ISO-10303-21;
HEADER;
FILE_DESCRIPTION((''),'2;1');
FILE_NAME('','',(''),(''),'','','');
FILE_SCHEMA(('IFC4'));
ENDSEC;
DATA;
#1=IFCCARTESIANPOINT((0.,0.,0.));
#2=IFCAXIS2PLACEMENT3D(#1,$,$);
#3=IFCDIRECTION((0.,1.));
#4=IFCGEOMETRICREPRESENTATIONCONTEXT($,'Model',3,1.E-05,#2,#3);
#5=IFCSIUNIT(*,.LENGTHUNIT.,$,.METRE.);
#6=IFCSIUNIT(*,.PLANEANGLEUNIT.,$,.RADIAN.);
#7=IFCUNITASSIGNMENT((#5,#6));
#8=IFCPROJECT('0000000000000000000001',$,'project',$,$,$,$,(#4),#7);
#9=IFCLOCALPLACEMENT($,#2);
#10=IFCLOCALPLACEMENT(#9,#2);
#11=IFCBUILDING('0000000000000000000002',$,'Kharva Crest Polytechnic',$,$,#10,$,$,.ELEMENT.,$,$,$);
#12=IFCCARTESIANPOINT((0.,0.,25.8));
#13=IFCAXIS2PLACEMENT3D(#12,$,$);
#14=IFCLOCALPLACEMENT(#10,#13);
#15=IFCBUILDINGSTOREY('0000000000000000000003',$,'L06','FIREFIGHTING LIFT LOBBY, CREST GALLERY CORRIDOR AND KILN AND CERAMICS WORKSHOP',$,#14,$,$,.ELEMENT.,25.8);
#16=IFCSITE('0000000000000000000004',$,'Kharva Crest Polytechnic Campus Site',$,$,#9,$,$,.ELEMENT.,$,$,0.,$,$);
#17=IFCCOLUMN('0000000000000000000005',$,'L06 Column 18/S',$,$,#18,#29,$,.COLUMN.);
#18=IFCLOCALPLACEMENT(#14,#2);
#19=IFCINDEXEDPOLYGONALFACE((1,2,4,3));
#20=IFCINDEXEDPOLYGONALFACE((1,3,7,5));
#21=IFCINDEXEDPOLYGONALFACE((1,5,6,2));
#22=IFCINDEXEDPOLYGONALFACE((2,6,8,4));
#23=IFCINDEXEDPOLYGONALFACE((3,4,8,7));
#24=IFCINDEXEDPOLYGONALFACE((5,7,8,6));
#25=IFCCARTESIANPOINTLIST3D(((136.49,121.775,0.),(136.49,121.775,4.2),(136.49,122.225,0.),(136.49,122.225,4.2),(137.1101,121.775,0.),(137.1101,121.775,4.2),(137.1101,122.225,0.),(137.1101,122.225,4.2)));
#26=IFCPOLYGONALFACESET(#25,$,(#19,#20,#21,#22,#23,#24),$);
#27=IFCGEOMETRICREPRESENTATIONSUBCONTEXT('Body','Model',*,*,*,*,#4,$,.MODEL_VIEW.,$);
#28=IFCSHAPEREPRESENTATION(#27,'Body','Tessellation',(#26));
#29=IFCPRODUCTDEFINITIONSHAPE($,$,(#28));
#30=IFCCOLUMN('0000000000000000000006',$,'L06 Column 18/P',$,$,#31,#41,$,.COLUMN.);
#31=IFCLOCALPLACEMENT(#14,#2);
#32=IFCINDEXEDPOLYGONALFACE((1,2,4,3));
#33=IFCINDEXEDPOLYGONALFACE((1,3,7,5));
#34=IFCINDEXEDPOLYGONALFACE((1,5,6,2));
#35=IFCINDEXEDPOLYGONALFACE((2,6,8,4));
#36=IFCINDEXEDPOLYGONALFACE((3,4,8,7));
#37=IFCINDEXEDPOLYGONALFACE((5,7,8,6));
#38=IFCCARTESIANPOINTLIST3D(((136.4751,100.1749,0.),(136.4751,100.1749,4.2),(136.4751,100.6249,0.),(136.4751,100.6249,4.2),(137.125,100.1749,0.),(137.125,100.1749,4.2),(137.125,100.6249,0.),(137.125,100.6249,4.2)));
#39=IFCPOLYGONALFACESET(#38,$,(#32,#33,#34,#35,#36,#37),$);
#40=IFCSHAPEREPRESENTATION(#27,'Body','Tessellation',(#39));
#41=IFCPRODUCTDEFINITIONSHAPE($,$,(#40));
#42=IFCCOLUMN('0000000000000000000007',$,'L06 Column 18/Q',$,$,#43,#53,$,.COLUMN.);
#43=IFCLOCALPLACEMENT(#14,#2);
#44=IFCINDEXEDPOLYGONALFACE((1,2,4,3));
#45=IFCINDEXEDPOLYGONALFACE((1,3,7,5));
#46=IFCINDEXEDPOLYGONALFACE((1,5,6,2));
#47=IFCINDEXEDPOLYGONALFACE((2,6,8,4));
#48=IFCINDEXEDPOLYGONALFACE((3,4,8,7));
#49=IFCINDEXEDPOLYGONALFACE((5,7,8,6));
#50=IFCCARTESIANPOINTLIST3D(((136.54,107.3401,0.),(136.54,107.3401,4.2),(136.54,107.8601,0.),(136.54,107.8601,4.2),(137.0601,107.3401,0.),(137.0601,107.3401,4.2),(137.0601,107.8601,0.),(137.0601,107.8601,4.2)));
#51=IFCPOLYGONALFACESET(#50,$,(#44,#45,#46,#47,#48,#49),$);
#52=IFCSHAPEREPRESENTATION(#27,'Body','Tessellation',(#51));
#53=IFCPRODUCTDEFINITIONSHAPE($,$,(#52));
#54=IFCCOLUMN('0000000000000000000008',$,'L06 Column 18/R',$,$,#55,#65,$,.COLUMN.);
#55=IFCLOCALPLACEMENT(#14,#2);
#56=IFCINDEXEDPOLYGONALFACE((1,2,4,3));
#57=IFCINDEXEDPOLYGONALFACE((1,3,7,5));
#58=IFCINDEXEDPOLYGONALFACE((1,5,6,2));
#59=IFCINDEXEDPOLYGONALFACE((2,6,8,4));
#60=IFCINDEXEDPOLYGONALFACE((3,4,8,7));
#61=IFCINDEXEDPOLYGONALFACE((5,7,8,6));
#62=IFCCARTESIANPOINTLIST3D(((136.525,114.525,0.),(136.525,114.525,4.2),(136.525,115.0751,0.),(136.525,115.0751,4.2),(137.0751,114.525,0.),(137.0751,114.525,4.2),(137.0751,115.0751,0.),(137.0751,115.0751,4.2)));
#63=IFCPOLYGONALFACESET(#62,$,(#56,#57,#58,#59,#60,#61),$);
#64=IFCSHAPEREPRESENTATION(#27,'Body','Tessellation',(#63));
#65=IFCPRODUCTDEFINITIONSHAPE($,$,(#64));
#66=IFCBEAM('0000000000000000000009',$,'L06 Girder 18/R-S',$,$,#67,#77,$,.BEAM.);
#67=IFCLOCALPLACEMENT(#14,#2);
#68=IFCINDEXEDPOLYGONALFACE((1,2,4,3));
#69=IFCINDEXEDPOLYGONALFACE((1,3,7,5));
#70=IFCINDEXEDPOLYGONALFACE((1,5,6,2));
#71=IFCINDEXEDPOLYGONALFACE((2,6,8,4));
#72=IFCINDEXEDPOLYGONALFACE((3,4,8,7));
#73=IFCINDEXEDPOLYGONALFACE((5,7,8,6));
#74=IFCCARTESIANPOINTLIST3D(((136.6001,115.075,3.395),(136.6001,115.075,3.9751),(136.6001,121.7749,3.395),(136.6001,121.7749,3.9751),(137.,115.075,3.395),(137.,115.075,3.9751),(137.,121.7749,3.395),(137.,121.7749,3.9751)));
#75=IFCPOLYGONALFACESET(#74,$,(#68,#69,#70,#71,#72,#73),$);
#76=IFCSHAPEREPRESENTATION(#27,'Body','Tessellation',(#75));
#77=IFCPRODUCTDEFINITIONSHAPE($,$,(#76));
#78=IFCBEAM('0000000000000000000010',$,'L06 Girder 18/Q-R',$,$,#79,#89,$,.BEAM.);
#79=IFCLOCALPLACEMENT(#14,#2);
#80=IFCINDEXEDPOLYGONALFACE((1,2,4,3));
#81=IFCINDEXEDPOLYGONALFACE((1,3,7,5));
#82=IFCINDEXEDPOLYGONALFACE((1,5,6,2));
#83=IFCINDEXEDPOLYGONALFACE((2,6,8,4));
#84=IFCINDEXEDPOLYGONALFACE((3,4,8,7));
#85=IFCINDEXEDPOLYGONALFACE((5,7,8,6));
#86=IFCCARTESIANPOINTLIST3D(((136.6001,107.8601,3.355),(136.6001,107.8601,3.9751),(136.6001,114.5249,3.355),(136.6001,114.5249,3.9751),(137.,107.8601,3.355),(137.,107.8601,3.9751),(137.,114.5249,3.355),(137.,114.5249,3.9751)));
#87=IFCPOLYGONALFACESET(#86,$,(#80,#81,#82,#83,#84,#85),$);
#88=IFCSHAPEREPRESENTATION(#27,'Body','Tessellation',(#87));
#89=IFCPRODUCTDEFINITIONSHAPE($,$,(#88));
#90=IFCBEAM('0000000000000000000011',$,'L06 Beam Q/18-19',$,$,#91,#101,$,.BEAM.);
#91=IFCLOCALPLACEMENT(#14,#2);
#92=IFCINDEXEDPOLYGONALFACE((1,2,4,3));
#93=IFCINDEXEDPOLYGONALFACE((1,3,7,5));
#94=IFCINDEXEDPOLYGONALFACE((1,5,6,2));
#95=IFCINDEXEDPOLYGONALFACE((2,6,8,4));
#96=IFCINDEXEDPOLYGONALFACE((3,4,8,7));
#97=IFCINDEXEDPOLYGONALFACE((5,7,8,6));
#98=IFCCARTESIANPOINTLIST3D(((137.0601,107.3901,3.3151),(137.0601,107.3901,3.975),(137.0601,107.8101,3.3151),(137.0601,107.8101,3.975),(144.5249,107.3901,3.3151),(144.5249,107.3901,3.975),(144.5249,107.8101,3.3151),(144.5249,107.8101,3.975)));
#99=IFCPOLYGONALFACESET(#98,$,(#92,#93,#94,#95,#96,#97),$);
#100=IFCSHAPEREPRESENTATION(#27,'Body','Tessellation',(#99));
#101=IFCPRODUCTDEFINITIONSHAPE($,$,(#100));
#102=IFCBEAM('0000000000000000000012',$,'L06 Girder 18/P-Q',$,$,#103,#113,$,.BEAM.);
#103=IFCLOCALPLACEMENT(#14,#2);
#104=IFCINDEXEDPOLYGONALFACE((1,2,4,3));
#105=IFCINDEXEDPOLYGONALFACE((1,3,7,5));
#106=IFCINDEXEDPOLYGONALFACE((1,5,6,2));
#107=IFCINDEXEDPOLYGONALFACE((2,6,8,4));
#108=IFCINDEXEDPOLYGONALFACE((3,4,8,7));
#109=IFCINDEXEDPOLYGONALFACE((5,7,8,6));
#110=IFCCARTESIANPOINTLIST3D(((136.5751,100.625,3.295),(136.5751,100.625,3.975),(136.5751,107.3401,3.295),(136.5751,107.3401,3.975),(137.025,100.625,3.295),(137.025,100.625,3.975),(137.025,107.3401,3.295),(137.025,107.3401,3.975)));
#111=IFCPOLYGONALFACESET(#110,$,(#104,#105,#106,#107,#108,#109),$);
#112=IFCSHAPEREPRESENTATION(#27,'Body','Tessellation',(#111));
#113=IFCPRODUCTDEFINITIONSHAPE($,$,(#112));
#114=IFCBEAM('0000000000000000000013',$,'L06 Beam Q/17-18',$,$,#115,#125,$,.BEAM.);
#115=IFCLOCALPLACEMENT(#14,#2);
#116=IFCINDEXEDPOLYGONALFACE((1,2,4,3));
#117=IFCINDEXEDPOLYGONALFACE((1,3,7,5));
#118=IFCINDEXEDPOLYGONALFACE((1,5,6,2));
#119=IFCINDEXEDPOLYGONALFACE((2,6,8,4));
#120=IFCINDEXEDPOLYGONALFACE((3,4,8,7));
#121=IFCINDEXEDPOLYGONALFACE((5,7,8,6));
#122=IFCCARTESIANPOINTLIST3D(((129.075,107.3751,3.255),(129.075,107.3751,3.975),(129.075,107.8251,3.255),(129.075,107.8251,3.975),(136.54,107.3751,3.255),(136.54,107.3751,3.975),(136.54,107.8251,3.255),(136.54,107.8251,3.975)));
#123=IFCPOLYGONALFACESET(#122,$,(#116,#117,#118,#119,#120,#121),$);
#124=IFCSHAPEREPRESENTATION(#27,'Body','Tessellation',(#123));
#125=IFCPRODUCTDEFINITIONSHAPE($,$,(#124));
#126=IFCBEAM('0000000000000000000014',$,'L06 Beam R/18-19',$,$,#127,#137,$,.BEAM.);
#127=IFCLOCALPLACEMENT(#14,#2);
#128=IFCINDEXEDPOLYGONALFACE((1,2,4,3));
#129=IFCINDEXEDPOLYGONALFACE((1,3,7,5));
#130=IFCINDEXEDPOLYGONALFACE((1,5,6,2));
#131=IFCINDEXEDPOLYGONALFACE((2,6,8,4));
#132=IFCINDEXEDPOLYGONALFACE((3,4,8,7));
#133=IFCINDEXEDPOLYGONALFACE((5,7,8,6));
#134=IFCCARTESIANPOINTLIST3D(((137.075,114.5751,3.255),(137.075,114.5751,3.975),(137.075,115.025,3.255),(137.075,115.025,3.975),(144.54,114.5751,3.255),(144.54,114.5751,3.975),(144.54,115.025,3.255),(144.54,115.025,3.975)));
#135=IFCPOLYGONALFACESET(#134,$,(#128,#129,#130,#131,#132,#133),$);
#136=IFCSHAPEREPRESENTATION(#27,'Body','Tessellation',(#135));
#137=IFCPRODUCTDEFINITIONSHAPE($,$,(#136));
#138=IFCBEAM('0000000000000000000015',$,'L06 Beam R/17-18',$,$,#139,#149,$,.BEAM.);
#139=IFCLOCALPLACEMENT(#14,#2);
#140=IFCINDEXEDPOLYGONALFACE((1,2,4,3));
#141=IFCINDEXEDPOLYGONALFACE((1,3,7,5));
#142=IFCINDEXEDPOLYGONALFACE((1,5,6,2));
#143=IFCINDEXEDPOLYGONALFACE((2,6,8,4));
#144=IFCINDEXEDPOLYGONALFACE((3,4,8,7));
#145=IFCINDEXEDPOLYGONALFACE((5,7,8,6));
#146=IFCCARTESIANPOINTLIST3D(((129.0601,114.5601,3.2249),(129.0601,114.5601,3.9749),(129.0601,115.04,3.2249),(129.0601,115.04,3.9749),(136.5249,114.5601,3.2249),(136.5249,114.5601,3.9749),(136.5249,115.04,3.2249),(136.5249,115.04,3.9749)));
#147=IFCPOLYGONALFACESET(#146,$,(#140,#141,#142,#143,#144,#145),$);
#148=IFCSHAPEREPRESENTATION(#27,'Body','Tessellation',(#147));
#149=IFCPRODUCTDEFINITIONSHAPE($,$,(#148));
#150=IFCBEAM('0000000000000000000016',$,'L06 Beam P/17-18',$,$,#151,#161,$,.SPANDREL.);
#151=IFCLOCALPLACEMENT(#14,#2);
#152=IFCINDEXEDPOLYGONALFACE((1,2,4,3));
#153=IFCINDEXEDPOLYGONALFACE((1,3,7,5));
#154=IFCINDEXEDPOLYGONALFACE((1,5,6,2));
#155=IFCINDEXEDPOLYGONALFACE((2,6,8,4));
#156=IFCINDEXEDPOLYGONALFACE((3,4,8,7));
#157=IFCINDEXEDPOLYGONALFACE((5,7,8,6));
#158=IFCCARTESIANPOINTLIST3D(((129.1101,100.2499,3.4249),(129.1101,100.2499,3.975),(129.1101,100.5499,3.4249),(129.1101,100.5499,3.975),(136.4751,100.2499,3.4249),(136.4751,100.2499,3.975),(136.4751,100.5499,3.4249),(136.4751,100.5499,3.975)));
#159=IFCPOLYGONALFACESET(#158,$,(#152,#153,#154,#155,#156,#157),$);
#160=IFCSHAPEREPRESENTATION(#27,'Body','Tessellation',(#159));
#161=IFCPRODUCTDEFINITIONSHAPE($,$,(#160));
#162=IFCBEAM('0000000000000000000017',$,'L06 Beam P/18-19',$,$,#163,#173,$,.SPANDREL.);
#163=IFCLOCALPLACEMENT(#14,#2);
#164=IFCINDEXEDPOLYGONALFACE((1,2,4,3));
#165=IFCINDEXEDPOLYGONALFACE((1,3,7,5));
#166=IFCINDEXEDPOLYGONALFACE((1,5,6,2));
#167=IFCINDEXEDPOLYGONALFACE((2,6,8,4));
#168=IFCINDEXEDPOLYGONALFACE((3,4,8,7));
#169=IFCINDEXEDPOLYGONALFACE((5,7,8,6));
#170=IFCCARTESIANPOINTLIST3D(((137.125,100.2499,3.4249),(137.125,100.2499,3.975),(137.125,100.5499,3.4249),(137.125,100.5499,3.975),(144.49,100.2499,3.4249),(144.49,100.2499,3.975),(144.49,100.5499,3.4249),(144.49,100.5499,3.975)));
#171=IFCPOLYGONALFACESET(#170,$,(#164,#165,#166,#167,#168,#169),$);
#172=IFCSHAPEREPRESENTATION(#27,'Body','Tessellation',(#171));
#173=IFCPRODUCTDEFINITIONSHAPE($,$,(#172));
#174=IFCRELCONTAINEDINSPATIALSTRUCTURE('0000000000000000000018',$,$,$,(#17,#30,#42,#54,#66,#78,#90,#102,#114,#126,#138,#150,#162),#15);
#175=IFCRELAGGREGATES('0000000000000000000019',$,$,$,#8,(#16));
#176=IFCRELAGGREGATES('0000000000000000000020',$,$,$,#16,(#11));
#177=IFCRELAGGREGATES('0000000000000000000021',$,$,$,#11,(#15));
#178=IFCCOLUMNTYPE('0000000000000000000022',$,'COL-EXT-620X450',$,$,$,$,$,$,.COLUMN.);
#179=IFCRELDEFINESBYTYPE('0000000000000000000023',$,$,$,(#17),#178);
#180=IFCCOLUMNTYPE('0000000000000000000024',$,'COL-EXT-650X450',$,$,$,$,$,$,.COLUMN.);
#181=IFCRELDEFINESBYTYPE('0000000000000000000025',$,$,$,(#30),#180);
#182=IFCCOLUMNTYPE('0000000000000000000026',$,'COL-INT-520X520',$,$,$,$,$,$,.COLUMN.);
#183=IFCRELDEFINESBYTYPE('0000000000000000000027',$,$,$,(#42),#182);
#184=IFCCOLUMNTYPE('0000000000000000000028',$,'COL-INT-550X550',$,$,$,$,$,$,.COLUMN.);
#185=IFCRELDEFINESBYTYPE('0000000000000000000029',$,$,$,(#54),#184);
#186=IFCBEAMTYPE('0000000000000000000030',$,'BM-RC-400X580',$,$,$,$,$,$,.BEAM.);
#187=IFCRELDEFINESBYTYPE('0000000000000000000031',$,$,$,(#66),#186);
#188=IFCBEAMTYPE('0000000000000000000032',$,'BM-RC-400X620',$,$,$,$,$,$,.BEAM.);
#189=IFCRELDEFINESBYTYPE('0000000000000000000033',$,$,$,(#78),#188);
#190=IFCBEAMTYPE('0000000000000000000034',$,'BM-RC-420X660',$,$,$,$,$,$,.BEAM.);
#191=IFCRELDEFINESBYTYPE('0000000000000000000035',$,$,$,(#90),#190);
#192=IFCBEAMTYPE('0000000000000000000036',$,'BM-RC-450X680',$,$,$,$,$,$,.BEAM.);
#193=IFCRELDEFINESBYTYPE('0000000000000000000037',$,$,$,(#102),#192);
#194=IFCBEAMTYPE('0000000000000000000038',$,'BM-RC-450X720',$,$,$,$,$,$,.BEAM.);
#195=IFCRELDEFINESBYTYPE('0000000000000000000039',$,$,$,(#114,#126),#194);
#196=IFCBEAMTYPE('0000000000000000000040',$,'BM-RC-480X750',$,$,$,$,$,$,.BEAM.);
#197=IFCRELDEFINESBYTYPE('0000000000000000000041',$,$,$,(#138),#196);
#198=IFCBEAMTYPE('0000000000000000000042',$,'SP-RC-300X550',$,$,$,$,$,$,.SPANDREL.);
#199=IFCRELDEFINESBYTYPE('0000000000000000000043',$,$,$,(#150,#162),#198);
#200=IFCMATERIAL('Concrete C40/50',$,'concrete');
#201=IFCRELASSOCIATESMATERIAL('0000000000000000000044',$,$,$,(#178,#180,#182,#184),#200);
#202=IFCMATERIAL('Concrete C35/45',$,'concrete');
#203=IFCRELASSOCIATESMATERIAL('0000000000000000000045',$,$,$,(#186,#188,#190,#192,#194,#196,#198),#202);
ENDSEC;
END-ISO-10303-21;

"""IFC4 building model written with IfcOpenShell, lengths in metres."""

from ifc_helpers import new_model, si_unit, direction, frame, origin, origin_2d, place, context, subcontext, project, spatial, rectangle, extrude, material, material_profile, profile_set, type_object, element, save


model = new_model("IFC4")

# Units and contexts
model_context = context("Model", 3, precision=1e-05, world=origin(), true_north=direction((0.0, 1.0)))
body_context = subcontext(model_context, "Body", "Model", "MODEL_VIEW")
ifc_project = project(units=[si_unit("LENGTHUNIT", "METRE"), si_unit("PLANEANGLEUNIT", "RADIAN")], contexts=[model_context])

# Site, building, storey
site_placement = place(None, origin())
site = spatial("IfcSite", under=ifc_project, at=site_placement, Name="Kharva Crest Polytechnic Campus Site", CompositionType="ELEMENT", RefElevation=0.0)
building_placement = place(site_placement, origin())
building = spatial("IfcBuilding", under=site, at=building_placement, Name="Kharva Crest Polytechnic", CompositionType="ELEMENT")
storey_placement = place(building_placement, frame((0.0, 0.0, 25.8)))
storey = spatial("IfcBuildingStorey", under=building, at=storey_placement, Name="L06", Description="FIREFIGHTING LIFT LOBBY, CREST GALLERY CORRIDOR AND KILN AND CERAMICS WORKSHOP", CompositionType="ELEMENT", Elevation=25.8)

# Columns
ifc_material_1 = material(Name="Concrete C40/50", Category="concrete")
ifc_material_profile_1 = material_profile(ifc_material_1, rectangle(XDim=0.6201, YDim=0.45, at=origin_2d()), Name="RECT 620 X 450")
ifc_profile_set_1 = profile_set([ifc_material_profile_1], Name="Concrete C40/50")
column_type_1 = type_object("IfcColumnType", Name="COL-EXT-620X450", PredefinedType="COLUMN", material=ifc_profile_set_1)
column_1_placement = place(storey_placement, frame((136.8, 122.0, 0.0), z_axis=(0.0, 0.0, 1.0), x_axis=(1.0, 0.0, 0.0)))
element("IfcColumn", 1, at=column_1_placement, inside=storey, type_object=column_type_1, Name="L06 Column 18/S", PredefinedType="COLUMN", context=body_context, shape_type="SweptSolid", body=[
    extrude(rectangle(XDim=0.6201, YDim=0.45, at=origin_2d()), origin(), (0.0, 0.0, 1.0), 4.2),
])
ifc_material_profile_2 = material_profile(ifc_material_1, rectangle(XDim=0.6499, YDim=0.45, at=origin_2d()), Name="RECT 650 X 450")
ifc_profile_set_2 = profile_set([ifc_material_profile_2], Name="Concrete C40/50")
column_type_2 = type_object("IfcColumnType", Name="COL-EXT-650X450", PredefinedType="COLUMN", material=ifc_profile_set_2)
column_2_placement = place(storey_placement, frame((136.8, 100.3999, 0.0), z_axis=(0.0, 0.0, 1.0), x_axis=(1.0, 0.0, 0.0)))
element("IfcColumn", 2, at=column_2_placement, inside=storey, type_object=column_type_2, Name="L06 Column 18/P", PredefinedType="COLUMN", context=body_context, shape_type="SweptSolid", body=[
    extrude(rectangle(XDim=0.6499, YDim=0.45, at=origin_2d()), origin(), (0.0, 0.0, 1.0), 4.2),
])
ifc_material_profile_3 = material_profile(ifc_material_1, rectangle(XDim=0.52, YDim=0.52, at=origin_2d()), Name="RECT 520 X 520")
ifc_profile_set_3 = profile_set([ifc_material_profile_3], Name="Concrete C40/50")
column_type_3 = type_object("IfcColumnType", Name="COL-INT-520X520", PredefinedType="COLUMN", material=ifc_profile_set_3)
column_3_placement = place(storey_placement, frame((136.8, 107.6001, 0.0), z_axis=(0.0, 0.0, 1.0), x_axis=(1.0, 0.0, 0.0)))
element("IfcColumn", 3, at=column_3_placement, inside=storey, type_object=column_type_3, Name="L06 Column 18/Q", PredefinedType="COLUMN", context=body_context, shape_type="SweptSolid", body=[
    extrude(rectangle(XDim=0.52, YDim=0.52, at=origin_2d()), origin(), (0.0, 0.0, 1.0), 4.2),
])
ifc_material_profile_4 = material_profile(ifc_material_1, rectangle(XDim=0.55, YDim=0.55, at=origin_2d()), Name="RECT 550 X 550")
ifc_profile_set_4 = profile_set([ifc_material_profile_4], Name="Concrete C40/50")
column_type_4 = type_object("IfcColumnType", Name="COL-INT-550X550", PredefinedType="COLUMN", material=ifc_profile_set_4)
column_4_placement = place(storey_placement, frame((136.8, 114.8, 0.0), z_axis=(0.0, 0.0, 1.0), x_axis=(1.0, 0.0, 0.0)))
element("IfcColumn", 4, at=column_4_placement, inside=storey, type_object=column_type_4, Name="L06 Column 18/R", PredefinedType="COLUMN", context=body_context, shape_type="SweptSolid", body=[
    extrude(rectangle(XDim=0.55, YDim=0.55, at=origin_2d()), origin(), (0.0, 0.0, 1.0), 4.2),
])

# Beams
ifc_material_2 = material(Name="Concrete C35/45", Category="concrete")
ifc_material_profile_5 = material_profile(ifc_material_2, rectangle(XDim=0.3999, YDim=0.5801, at=origin_2d()), Name="RECT 400 X 580")
ifc_profile_set_5 = profile_set([ifc_material_profile_5], Name="Concrete C35/45")
beam_type_1 = type_object("IfcBeamType", Name="BM-RC-400X580", PredefinedType="BEAM", material=ifc_profile_set_5)
beam_1_placement = place(storey_placement, frame((136.8, 115.075, 3.6851), z_axis=(0.0, 1.0, 0.0), x_axis=(-1.0, 0.0, 0.0)))
element("IfcBeam", 5, at=beam_1_placement, inside=storey, type_object=beam_type_1, Name="L06 Girder 18/R-S", PredefinedType="BEAM", context=body_context, shape_type="SweptSolid", body=[
    extrude(rectangle(XDim=0.3999, YDim=0.5801, at=origin_2d()), origin(), (0.0, 0.0, 1.0), 6.7),
])
ifc_material_profile_6 = material_profile(ifc_material_2, rectangle(XDim=0.3999, YDim=0.6201, at=origin_2d()), Name="RECT 400 X 620")
ifc_profile_set_6 = profile_set([ifc_material_profile_6], Name="Concrete C35/45")
beam_type_2 = type_object("IfcBeamType", Name="BM-RC-400X620", PredefinedType="BEAM", material=ifc_profile_set_6)
beam_2_placement = place(storey_placement, frame((136.8, 107.8601, 3.665), z_axis=(0.0, 1.0, 0.0), x_axis=(-1.0, 0.0, 0.0)))
element("IfcBeam", 6, at=beam_2_placement, inside=storey, type_object=beam_type_2, Name="L06 Girder 18/Q-R", PredefinedType="BEAM", context=body_context, shape_type="SweptSolid", body=[
    extrude(rectangle(XDim=0.3999, YDim=0.6201, at=origin_2d()), origin(), (0.0, 0.0, 1.0), 6.6648),
])
ifc_material_profile_7 = material_profile(ifc_material_2, rectangle(XDim=0.4199, YDim=0.6599, at=origin_2d()), Name="RECT 420 X 660")
ifc_profile_set_7 = profile_set([ifc_material_profile_7], Name="Concrete C35/45")
beam_type_3 = type_object("IfcBeamType", Name="BM-RC-420X660", PredefinedType="BEAM", material=ifc_profile_set_7)
beam_3_placement = place(storey_placement, frame((137.0601, 107.6001, 3.645), z_axis=(1.0, 0.0, 0.0), x_axis=(0.0, 1.0, 0.0)))
element("IfcBeam", 7, at=beam_3_placement, inside=storey, type_object=beam_type_3, Name="L06 Beam Q/18-19", PredefinedType="BEAM", context=body_context, shape_type="SweptSolid", body=[
    extrude(rectangle(XDim=0.4199, YDim=0.6599, at=origin_2d()), origin(), (0.0, 0.0, 1.0), 7.4648),
])
ifc_material_profile_8 = material_profile(ifc_material_2, rectangle(XDim=0.45, YDim=0.6799, at=origin_2d()), Name="RECT 450 X 680")
ifc_profile_set_8 = profile_set([ifc_material_profile_8], Name="Concrete C35/45")
beam_type_4 = type_object("IfcBeamType", Name="BM-RC-450X680", PredefinedType="BEAM", material=ifc_profile_set_8)
beam_4_placement = place(storey_placement, frame((136.8, 100.625, 3.635), z_axis=(0.0, 1.0, 0.0), x_axis=(-1.0, 0.0, 0.0)))
element("IfcBeam", 8, at=beam_4_placement, inside=storey, type_object=beam_type_4, Name="L06 Girder 18/P-Q", PredefinedType="BEAM", context=body_context, shape_type="SweptSolid", body=[
    extrude(rectangle(XDim=0.45, YDim=0.6799, at=origin_2d()), origin(), (0.0, 0.0, 1.0), 6.7151),
])
ifc_material_profile_9 = material_profile(ifc_material_2, rectangle(XDim=0.45, YDim=0.72, at=origin_2d()), Name="RECT 450 X 720")
ifc_profile_set_9 = profile_set([ifc_material_profile_9], Name="Concrete C35/45")
beam_type_5 = type_object("IfcBeamType", Name="BM-RC-450X720", PredefinedType="BEAM", material=ifc_profile_set_9)
for number, where, z_axis, x_axis, name in (
    (9, (129.075, 107.6001, 3.615), (1.0, 0.0, 0.0), (0.0, 1.0, 0.0), "L06 Beam Q/17-18"),
    (10, (137.075, 114.8, 3.615), (1.0, 0.0, 0.0), (0.0, 1.0, 0.0), "L06 Beam R/18-19"),
):
    element("IfcBeam", number, at=place(storey_placement, frame(where, z_axis=z_axis, x_axis=x_axis)), inside=storey, type_object=beam_type_5, Name=name, PredefinedType="BEAM", context=body_context, shape_type="SweptSolid", body=[
        extrude(rectangle(XDim=0.45, YDim=0.72, at=origin_2d()), origin(), (0.0, 0.0, 1.0), 7.4651),
    ])
ifc_material_profile_10 = material_profile(ifc_material_2, rectangle(XDim=0.48, YDim=0.75, at=origin_2d()), Name="RECT 480 X 750")
ifc_profile_set_10 = profile_set([ifc_material_profile_10], Name="Concrete C35/45")
beam_type_6 = type_object("IfcBeamType", Name="BM-RC-480X750", PredefinedType="BEAM", material=ifc_profile_set_10)
beam_5_placement = place(storey_placement, frame((129.0601, 114.8, 3.5999), z_axis=(1.0, 0.0, 0.0), x_axis=(0.0, 1.0, 0.0)))
element("IfcBeam", 11, at=beam_5_placement, inside=storey, type_object=beam_type_6, Name="L06 Beam R/17-18", PredefinedType="BEAM", context=body_context, shape_type="SweptSolid", body=[
    extrude(rectangle(XDim=0.48, YDim=0.75, at=origin_2d()), origin(), (0.0, 0.0, 1.0), 7.4648),
])
ifc_material_profile_11 = material_profile(ifc_material_2, rectangle(XDim=0.3, YDim=0.55, at=origin_2d()), Name="RECT 300 X 550")
ifc_profile_set_11 = profile_set([ifc_material_profile_11], Name="Concrete C35/45")
beam_type_7 = type_object("IfcBeamType", Name="SP-RC-300X550", PredefinedType="SPANDREL", material=ifc_profile_set_11)
for number, where, z_axis, x_axis, name in (
    (12, (129.1101, 100.3999, 3.7), (1.0, 0.0, 0.0), (0.0, 1.0, 0.0), "L06 Beam P/17-18"),
    (13, (137.125, 100.3999, 3.7), (1.0, 0.0, 0.0), (0.0, 1.0, 0.0), "L06 Beam P/18-19"),
):
    element("IfcBeam", number, at=place(storey_placement, frame(where, z_axis=z_axis, x_axis=x_axis)), inside=storey, type_object=beam_type_7, Name=name, PredefinedType="SPANDREL", context=body_context, shape_type="SweptSolid", body=[
        extrude(rectangle(XDim=0.3, YDim=0.55, at=origin_2d()), origin(), (0.0, 0.0, 1.0), 7.365),
    ])

save(model, "model.ifc")
